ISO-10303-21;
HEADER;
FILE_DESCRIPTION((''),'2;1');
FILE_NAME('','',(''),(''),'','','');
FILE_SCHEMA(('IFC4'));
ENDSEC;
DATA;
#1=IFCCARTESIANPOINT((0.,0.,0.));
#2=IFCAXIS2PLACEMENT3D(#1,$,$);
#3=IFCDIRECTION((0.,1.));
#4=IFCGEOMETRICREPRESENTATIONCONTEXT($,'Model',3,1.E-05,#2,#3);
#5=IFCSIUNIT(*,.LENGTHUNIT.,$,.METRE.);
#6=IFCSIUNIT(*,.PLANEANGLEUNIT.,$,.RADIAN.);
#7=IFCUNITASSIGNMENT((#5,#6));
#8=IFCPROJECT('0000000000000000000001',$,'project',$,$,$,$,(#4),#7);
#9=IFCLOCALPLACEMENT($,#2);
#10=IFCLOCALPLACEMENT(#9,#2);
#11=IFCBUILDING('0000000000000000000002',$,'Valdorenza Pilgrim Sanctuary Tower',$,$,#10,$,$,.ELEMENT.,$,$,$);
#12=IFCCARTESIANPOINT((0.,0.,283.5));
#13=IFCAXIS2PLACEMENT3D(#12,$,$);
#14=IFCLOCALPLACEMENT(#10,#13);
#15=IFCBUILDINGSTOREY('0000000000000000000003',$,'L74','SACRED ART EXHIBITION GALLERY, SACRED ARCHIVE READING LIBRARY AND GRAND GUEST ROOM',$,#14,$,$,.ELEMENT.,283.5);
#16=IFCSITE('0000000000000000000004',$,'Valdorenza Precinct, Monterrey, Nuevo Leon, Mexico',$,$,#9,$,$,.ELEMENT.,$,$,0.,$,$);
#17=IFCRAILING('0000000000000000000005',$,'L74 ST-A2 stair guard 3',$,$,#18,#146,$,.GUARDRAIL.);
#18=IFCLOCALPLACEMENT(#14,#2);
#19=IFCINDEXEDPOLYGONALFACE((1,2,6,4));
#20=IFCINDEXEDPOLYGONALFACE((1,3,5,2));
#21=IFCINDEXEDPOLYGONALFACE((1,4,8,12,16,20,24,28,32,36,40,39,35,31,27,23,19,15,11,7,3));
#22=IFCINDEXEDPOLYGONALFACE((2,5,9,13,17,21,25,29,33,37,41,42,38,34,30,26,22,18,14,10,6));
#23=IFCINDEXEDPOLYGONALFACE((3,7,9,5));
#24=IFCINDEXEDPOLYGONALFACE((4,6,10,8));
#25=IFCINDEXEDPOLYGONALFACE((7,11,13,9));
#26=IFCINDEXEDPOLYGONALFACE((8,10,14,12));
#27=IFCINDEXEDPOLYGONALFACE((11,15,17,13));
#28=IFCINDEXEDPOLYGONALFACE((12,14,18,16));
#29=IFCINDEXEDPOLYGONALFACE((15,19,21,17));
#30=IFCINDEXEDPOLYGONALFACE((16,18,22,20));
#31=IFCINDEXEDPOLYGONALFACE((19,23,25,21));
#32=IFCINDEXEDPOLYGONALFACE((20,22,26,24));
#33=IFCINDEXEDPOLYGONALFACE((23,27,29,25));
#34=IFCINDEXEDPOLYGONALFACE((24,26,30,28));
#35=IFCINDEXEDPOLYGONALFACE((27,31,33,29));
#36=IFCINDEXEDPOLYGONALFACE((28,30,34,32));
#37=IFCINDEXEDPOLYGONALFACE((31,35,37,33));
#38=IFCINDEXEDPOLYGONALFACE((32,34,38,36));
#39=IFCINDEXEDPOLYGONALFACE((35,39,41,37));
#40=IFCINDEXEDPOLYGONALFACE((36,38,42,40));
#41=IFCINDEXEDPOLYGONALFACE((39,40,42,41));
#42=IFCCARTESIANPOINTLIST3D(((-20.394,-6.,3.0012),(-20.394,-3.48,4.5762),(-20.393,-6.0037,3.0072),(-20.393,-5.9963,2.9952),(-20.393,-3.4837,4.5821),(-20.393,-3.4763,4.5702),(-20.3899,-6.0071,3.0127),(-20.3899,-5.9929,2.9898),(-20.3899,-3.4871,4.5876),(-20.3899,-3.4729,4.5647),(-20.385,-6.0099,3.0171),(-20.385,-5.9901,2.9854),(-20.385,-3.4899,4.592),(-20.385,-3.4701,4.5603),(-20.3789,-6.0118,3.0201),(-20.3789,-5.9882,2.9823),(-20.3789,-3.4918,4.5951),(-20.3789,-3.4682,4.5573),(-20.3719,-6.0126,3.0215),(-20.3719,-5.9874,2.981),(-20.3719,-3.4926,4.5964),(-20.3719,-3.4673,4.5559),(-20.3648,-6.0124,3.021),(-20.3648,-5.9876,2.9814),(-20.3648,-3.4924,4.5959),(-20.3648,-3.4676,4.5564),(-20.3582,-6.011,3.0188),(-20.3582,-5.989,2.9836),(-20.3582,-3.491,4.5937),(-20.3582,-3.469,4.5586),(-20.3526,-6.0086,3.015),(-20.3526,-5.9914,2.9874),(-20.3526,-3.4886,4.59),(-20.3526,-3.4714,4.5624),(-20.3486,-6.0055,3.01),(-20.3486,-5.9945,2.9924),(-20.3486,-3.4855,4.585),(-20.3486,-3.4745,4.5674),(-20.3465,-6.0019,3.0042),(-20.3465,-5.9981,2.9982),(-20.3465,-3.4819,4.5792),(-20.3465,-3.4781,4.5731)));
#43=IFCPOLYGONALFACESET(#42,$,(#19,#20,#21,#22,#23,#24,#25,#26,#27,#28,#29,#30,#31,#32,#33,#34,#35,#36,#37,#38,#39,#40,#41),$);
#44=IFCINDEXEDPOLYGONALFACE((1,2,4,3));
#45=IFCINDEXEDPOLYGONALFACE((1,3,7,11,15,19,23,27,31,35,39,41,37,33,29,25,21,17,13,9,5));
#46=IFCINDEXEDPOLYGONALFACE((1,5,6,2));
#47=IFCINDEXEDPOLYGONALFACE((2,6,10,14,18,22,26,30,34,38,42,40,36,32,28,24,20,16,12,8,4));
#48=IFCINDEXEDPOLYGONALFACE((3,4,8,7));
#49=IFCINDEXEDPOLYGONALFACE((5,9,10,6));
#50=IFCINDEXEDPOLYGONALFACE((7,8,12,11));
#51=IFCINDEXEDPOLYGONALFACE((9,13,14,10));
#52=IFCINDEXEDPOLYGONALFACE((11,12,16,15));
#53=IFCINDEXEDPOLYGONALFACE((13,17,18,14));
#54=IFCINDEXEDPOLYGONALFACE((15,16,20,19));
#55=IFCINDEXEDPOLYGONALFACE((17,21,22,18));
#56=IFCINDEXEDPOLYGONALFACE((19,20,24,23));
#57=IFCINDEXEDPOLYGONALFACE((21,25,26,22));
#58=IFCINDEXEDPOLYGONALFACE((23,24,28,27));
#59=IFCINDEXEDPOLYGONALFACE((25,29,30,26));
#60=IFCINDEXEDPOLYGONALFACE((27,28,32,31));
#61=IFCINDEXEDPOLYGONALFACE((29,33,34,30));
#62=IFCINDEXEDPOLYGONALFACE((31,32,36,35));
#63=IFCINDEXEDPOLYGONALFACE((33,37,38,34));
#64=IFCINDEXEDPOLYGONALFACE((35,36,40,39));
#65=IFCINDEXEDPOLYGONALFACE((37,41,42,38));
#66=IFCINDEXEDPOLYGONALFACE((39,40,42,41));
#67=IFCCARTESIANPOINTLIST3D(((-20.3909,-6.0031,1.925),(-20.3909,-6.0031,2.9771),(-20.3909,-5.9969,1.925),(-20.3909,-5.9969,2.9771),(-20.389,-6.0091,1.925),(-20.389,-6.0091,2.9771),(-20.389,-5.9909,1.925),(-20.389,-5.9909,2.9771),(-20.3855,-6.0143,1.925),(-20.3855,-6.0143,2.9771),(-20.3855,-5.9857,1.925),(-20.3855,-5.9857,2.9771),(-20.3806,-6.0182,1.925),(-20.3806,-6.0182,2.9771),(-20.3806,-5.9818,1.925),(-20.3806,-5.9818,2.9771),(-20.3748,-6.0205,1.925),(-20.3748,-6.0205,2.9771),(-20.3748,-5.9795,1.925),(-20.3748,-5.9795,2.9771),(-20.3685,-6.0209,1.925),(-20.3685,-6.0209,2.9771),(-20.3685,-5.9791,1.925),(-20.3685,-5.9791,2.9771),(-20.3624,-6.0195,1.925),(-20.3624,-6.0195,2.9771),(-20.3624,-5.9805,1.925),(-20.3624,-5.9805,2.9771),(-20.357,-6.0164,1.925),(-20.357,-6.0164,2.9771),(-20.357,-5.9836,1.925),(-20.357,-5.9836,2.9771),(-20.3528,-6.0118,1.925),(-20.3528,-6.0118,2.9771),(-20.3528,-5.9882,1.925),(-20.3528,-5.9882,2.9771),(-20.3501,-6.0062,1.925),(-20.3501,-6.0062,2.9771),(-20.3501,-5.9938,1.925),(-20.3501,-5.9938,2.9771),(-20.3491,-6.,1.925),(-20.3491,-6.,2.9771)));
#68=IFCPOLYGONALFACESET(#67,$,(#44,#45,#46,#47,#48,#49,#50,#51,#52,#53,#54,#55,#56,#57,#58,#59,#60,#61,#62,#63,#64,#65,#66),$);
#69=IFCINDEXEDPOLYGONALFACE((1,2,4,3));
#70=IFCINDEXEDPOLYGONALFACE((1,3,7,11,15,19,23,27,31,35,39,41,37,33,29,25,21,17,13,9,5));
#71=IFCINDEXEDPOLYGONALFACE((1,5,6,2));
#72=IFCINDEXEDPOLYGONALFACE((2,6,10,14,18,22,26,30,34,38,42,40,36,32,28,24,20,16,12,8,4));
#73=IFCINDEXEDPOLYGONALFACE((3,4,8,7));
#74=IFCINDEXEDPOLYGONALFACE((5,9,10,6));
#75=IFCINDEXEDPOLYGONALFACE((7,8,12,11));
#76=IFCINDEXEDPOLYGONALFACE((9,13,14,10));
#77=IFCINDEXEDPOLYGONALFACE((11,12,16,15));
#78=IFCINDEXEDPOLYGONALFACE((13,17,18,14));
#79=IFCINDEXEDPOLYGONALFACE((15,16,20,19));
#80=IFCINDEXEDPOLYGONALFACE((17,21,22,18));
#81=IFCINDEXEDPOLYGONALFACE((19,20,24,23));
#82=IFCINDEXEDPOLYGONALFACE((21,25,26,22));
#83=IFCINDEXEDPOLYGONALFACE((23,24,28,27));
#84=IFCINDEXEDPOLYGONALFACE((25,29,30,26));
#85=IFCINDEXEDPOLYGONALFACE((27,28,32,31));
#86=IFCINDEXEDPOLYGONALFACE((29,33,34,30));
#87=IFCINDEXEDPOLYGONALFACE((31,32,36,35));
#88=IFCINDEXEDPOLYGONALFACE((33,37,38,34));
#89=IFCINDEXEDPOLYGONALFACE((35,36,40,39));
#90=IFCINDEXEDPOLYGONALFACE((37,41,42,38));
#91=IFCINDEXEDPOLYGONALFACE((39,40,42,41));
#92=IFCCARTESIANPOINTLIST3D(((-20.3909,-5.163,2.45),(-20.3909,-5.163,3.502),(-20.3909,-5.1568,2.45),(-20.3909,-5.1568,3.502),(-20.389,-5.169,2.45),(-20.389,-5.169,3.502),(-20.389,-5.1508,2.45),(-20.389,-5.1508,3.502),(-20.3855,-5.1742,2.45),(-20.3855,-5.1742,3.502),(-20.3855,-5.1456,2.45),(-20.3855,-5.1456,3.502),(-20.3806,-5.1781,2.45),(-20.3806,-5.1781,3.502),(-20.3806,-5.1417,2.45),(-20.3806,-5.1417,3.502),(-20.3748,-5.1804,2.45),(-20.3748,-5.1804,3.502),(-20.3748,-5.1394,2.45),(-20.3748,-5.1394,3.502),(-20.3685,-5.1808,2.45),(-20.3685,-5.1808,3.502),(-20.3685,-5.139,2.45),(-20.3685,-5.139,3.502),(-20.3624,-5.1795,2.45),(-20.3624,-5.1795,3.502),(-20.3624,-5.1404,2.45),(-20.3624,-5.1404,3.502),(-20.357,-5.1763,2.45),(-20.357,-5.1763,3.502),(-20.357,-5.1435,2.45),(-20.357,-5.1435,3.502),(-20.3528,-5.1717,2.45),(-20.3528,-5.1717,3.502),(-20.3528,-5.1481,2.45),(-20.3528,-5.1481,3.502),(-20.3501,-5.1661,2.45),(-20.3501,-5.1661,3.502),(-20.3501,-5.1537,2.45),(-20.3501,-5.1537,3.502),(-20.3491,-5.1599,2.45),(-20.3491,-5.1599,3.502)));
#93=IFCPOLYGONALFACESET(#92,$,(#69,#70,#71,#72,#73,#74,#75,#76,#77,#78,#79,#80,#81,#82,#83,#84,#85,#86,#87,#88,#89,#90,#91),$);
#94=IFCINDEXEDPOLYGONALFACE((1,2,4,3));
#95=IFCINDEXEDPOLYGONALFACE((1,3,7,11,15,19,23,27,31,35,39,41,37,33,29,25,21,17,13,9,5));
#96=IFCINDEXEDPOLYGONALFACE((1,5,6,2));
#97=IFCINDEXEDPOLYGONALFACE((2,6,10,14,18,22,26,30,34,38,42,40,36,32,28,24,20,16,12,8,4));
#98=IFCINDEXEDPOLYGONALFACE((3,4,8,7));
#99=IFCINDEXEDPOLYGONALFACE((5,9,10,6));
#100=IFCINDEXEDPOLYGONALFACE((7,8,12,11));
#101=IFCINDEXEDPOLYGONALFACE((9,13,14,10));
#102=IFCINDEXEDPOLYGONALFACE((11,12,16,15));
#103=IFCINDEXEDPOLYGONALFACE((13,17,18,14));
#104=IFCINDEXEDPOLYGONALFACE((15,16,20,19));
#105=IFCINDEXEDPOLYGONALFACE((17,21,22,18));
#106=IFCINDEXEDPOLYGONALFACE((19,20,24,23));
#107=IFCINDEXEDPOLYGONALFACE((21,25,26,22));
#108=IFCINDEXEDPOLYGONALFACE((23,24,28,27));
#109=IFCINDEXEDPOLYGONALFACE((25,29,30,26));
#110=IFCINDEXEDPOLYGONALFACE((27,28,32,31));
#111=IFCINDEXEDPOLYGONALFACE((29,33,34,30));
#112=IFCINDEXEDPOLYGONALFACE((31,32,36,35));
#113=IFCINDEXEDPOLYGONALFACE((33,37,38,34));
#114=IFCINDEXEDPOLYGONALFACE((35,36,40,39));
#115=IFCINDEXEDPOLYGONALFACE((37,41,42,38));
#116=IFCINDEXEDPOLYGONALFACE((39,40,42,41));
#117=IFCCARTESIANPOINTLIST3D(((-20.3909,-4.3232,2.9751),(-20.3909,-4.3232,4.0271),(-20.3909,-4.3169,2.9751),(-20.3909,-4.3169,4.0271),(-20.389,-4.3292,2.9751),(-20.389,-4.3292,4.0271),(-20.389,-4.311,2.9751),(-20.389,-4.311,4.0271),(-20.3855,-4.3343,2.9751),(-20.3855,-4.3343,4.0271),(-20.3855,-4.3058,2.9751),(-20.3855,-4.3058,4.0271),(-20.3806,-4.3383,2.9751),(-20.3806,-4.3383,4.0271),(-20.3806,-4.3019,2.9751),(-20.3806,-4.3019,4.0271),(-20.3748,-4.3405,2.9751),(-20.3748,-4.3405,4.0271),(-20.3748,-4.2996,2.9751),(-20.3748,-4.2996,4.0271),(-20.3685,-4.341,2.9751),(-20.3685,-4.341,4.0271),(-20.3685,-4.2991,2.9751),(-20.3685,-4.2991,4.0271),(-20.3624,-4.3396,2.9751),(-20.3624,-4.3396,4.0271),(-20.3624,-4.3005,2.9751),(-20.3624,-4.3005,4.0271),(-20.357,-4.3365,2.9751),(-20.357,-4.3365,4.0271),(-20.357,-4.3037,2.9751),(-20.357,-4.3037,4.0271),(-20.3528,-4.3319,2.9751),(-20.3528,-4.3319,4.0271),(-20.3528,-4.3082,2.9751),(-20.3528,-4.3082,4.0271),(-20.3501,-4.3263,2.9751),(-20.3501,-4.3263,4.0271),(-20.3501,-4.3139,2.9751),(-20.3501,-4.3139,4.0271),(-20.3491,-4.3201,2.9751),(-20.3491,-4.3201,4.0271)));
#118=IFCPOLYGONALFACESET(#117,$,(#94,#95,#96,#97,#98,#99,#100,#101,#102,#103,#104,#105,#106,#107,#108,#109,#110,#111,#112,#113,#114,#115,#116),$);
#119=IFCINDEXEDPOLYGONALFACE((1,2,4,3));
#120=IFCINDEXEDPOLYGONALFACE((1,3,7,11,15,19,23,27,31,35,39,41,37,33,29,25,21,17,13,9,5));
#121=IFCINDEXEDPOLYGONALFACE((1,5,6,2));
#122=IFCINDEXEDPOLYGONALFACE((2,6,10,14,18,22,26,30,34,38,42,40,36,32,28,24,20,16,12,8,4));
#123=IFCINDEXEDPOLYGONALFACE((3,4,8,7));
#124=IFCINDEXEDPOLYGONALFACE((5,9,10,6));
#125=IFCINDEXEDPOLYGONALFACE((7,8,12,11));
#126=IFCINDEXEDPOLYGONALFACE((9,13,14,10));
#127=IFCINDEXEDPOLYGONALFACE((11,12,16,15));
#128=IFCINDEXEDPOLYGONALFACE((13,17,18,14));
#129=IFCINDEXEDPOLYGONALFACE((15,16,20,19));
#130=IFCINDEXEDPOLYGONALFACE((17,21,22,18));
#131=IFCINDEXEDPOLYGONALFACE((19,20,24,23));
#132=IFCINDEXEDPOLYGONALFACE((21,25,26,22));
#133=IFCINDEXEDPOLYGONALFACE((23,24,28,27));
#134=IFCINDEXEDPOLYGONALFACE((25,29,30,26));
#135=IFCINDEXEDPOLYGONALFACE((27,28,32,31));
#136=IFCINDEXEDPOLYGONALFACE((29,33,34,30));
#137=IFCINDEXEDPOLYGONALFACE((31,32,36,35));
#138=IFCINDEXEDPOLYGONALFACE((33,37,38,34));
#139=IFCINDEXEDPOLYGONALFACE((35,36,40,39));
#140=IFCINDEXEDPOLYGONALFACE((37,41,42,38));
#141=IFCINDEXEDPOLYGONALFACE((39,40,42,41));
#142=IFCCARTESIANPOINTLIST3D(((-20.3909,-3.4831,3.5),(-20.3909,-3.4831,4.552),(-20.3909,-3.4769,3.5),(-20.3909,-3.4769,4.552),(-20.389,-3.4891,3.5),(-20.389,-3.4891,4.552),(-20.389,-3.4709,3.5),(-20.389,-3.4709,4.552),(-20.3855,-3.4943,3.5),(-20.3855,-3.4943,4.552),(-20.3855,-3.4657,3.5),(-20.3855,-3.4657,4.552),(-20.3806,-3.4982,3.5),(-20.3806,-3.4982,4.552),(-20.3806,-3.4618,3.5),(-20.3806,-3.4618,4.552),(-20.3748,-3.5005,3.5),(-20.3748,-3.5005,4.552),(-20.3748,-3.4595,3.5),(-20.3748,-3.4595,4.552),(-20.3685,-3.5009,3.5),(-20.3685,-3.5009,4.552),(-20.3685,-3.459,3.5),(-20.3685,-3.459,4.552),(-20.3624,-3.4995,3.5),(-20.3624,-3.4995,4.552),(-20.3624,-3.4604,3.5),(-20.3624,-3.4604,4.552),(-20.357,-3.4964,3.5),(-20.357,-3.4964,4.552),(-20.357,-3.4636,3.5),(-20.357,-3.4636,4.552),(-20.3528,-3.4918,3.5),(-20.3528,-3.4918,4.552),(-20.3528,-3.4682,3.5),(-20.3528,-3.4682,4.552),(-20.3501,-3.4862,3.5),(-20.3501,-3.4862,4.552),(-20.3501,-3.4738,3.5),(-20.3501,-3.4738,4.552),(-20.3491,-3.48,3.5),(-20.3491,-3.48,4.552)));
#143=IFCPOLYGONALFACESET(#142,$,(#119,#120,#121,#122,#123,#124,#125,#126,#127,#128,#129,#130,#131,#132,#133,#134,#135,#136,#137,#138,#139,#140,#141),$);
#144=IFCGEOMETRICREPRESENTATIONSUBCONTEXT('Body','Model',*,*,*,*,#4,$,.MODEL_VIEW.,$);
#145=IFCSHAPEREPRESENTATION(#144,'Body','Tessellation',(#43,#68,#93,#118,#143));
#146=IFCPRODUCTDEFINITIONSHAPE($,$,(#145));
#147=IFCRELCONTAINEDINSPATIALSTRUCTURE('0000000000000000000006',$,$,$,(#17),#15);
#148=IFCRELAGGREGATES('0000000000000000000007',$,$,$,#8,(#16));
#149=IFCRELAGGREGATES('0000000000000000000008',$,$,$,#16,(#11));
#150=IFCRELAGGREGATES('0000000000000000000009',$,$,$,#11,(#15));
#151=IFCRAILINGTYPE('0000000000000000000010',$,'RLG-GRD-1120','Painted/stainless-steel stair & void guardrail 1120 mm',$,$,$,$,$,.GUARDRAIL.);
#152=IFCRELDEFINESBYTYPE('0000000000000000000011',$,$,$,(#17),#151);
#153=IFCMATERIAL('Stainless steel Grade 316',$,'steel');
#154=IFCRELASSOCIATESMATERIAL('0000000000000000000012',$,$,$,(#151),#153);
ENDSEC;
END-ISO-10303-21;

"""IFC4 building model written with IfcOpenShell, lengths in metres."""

from ifc_helpers import new_model, si_unit, direction, frame, origin, origin_2d, place, context, subcontext, project, spatial, circle, extrude, material, type_object, element, save


model = new_model("IFC4")

# Units and contexts
model_context = context("Model", 3, precision=1e-05, world=origin(), true_north=direction((0.0, 1.0)))
body_context = subcontext(model_context, "Body", "Model", "MODEL_VIEW")
ifc_project = project(units=[si_unit("LENGTHUNIT", "METRE"), si_unit("PLANEANGLEUNIT", "RADIAN")], contexts=[model_context])

# Site, building, storey
site_placement = place(None, origin())
site = spatial("IfcSite", under=ifc_project, at=site_placement, Name="Valdorenza Precinct, Monterrey, Nuevo Leon, Mexico", CompositionType="ELEMENT", RefElevation=0.0)
building_placement = place(site_placement, origin())
building = spatial("IfcBuilding", under=site, at=building_placement, Name="Valdorenza Pilgrim Sanctuary Tower", CompositionType="ELEMENT")
storey_placement = place(building_placement, frame((0.0, 0.0, 283.5)))
storey = spatial("IfcBuildingStorey", under=building, at=storey_placement, Name="L74", Description="SACRED ART EXHIBITION GALLERY, SACRED ARCHIVE READING LIBRARY AND GRAND GUEST ROOM", CompositionType="ELEMENT", Elevation=283.5)

# Railing
ifc_material_1 = material(Name="Stainless steel Grade 316", Category="steel")
railing_type_1 = type_object("IfcRailingType", Name="RLG-GRD-1120", Description="Painted/stainless-steel stair & void guardrail 1120 mm", PredefinedType="GUARDRAIL", material=ifc_material_1)
railing_1_placement = place(storey_placement, frame((-20.3701, -6.0, 1.925)))
element("IfcRailing", 1, at=railing_1_placement, inside=storey, type_object=railing_type_1, Name="L74 ST-A2 stair guard 3", PredefinedType="GUARDRAIL", context=body_context, shape_type="SweptSolid", body=[
    extrude(circle(Radius=0.0239, at=origin_2d()), frame((0.0, 0.0, 1.0762), z_axis=(0.0, 0.848008, 0.529984), x_axis=(-1.0, 0.0, 0.0)), (0.0, 0.0, 1.0), 2.9717),
    extrude(circle(Radius=0.021, at=origin_2d()), origin(), (0.0, 0.0, 1.0), 1.052),
    extrude(circle(Radius=0.021, at=origin_2d()), frame((0.0, 0.8401, 0.5249)), (0.0, 0.0, 1.0), 1.052),
    extrude(circle(Radius=0.021, at=origin_2d()), frame((0.0, 1.6799, 1.05)), (0.0, 0.0, 1.0), 1.052),
    extrude(circle(Radius=0.021, at=origin_2d()), frame((0.0, 2.52, 1.575)), (0.0, 0.0, 1.0), 1.052),
])

save(model, "model.ifc")
